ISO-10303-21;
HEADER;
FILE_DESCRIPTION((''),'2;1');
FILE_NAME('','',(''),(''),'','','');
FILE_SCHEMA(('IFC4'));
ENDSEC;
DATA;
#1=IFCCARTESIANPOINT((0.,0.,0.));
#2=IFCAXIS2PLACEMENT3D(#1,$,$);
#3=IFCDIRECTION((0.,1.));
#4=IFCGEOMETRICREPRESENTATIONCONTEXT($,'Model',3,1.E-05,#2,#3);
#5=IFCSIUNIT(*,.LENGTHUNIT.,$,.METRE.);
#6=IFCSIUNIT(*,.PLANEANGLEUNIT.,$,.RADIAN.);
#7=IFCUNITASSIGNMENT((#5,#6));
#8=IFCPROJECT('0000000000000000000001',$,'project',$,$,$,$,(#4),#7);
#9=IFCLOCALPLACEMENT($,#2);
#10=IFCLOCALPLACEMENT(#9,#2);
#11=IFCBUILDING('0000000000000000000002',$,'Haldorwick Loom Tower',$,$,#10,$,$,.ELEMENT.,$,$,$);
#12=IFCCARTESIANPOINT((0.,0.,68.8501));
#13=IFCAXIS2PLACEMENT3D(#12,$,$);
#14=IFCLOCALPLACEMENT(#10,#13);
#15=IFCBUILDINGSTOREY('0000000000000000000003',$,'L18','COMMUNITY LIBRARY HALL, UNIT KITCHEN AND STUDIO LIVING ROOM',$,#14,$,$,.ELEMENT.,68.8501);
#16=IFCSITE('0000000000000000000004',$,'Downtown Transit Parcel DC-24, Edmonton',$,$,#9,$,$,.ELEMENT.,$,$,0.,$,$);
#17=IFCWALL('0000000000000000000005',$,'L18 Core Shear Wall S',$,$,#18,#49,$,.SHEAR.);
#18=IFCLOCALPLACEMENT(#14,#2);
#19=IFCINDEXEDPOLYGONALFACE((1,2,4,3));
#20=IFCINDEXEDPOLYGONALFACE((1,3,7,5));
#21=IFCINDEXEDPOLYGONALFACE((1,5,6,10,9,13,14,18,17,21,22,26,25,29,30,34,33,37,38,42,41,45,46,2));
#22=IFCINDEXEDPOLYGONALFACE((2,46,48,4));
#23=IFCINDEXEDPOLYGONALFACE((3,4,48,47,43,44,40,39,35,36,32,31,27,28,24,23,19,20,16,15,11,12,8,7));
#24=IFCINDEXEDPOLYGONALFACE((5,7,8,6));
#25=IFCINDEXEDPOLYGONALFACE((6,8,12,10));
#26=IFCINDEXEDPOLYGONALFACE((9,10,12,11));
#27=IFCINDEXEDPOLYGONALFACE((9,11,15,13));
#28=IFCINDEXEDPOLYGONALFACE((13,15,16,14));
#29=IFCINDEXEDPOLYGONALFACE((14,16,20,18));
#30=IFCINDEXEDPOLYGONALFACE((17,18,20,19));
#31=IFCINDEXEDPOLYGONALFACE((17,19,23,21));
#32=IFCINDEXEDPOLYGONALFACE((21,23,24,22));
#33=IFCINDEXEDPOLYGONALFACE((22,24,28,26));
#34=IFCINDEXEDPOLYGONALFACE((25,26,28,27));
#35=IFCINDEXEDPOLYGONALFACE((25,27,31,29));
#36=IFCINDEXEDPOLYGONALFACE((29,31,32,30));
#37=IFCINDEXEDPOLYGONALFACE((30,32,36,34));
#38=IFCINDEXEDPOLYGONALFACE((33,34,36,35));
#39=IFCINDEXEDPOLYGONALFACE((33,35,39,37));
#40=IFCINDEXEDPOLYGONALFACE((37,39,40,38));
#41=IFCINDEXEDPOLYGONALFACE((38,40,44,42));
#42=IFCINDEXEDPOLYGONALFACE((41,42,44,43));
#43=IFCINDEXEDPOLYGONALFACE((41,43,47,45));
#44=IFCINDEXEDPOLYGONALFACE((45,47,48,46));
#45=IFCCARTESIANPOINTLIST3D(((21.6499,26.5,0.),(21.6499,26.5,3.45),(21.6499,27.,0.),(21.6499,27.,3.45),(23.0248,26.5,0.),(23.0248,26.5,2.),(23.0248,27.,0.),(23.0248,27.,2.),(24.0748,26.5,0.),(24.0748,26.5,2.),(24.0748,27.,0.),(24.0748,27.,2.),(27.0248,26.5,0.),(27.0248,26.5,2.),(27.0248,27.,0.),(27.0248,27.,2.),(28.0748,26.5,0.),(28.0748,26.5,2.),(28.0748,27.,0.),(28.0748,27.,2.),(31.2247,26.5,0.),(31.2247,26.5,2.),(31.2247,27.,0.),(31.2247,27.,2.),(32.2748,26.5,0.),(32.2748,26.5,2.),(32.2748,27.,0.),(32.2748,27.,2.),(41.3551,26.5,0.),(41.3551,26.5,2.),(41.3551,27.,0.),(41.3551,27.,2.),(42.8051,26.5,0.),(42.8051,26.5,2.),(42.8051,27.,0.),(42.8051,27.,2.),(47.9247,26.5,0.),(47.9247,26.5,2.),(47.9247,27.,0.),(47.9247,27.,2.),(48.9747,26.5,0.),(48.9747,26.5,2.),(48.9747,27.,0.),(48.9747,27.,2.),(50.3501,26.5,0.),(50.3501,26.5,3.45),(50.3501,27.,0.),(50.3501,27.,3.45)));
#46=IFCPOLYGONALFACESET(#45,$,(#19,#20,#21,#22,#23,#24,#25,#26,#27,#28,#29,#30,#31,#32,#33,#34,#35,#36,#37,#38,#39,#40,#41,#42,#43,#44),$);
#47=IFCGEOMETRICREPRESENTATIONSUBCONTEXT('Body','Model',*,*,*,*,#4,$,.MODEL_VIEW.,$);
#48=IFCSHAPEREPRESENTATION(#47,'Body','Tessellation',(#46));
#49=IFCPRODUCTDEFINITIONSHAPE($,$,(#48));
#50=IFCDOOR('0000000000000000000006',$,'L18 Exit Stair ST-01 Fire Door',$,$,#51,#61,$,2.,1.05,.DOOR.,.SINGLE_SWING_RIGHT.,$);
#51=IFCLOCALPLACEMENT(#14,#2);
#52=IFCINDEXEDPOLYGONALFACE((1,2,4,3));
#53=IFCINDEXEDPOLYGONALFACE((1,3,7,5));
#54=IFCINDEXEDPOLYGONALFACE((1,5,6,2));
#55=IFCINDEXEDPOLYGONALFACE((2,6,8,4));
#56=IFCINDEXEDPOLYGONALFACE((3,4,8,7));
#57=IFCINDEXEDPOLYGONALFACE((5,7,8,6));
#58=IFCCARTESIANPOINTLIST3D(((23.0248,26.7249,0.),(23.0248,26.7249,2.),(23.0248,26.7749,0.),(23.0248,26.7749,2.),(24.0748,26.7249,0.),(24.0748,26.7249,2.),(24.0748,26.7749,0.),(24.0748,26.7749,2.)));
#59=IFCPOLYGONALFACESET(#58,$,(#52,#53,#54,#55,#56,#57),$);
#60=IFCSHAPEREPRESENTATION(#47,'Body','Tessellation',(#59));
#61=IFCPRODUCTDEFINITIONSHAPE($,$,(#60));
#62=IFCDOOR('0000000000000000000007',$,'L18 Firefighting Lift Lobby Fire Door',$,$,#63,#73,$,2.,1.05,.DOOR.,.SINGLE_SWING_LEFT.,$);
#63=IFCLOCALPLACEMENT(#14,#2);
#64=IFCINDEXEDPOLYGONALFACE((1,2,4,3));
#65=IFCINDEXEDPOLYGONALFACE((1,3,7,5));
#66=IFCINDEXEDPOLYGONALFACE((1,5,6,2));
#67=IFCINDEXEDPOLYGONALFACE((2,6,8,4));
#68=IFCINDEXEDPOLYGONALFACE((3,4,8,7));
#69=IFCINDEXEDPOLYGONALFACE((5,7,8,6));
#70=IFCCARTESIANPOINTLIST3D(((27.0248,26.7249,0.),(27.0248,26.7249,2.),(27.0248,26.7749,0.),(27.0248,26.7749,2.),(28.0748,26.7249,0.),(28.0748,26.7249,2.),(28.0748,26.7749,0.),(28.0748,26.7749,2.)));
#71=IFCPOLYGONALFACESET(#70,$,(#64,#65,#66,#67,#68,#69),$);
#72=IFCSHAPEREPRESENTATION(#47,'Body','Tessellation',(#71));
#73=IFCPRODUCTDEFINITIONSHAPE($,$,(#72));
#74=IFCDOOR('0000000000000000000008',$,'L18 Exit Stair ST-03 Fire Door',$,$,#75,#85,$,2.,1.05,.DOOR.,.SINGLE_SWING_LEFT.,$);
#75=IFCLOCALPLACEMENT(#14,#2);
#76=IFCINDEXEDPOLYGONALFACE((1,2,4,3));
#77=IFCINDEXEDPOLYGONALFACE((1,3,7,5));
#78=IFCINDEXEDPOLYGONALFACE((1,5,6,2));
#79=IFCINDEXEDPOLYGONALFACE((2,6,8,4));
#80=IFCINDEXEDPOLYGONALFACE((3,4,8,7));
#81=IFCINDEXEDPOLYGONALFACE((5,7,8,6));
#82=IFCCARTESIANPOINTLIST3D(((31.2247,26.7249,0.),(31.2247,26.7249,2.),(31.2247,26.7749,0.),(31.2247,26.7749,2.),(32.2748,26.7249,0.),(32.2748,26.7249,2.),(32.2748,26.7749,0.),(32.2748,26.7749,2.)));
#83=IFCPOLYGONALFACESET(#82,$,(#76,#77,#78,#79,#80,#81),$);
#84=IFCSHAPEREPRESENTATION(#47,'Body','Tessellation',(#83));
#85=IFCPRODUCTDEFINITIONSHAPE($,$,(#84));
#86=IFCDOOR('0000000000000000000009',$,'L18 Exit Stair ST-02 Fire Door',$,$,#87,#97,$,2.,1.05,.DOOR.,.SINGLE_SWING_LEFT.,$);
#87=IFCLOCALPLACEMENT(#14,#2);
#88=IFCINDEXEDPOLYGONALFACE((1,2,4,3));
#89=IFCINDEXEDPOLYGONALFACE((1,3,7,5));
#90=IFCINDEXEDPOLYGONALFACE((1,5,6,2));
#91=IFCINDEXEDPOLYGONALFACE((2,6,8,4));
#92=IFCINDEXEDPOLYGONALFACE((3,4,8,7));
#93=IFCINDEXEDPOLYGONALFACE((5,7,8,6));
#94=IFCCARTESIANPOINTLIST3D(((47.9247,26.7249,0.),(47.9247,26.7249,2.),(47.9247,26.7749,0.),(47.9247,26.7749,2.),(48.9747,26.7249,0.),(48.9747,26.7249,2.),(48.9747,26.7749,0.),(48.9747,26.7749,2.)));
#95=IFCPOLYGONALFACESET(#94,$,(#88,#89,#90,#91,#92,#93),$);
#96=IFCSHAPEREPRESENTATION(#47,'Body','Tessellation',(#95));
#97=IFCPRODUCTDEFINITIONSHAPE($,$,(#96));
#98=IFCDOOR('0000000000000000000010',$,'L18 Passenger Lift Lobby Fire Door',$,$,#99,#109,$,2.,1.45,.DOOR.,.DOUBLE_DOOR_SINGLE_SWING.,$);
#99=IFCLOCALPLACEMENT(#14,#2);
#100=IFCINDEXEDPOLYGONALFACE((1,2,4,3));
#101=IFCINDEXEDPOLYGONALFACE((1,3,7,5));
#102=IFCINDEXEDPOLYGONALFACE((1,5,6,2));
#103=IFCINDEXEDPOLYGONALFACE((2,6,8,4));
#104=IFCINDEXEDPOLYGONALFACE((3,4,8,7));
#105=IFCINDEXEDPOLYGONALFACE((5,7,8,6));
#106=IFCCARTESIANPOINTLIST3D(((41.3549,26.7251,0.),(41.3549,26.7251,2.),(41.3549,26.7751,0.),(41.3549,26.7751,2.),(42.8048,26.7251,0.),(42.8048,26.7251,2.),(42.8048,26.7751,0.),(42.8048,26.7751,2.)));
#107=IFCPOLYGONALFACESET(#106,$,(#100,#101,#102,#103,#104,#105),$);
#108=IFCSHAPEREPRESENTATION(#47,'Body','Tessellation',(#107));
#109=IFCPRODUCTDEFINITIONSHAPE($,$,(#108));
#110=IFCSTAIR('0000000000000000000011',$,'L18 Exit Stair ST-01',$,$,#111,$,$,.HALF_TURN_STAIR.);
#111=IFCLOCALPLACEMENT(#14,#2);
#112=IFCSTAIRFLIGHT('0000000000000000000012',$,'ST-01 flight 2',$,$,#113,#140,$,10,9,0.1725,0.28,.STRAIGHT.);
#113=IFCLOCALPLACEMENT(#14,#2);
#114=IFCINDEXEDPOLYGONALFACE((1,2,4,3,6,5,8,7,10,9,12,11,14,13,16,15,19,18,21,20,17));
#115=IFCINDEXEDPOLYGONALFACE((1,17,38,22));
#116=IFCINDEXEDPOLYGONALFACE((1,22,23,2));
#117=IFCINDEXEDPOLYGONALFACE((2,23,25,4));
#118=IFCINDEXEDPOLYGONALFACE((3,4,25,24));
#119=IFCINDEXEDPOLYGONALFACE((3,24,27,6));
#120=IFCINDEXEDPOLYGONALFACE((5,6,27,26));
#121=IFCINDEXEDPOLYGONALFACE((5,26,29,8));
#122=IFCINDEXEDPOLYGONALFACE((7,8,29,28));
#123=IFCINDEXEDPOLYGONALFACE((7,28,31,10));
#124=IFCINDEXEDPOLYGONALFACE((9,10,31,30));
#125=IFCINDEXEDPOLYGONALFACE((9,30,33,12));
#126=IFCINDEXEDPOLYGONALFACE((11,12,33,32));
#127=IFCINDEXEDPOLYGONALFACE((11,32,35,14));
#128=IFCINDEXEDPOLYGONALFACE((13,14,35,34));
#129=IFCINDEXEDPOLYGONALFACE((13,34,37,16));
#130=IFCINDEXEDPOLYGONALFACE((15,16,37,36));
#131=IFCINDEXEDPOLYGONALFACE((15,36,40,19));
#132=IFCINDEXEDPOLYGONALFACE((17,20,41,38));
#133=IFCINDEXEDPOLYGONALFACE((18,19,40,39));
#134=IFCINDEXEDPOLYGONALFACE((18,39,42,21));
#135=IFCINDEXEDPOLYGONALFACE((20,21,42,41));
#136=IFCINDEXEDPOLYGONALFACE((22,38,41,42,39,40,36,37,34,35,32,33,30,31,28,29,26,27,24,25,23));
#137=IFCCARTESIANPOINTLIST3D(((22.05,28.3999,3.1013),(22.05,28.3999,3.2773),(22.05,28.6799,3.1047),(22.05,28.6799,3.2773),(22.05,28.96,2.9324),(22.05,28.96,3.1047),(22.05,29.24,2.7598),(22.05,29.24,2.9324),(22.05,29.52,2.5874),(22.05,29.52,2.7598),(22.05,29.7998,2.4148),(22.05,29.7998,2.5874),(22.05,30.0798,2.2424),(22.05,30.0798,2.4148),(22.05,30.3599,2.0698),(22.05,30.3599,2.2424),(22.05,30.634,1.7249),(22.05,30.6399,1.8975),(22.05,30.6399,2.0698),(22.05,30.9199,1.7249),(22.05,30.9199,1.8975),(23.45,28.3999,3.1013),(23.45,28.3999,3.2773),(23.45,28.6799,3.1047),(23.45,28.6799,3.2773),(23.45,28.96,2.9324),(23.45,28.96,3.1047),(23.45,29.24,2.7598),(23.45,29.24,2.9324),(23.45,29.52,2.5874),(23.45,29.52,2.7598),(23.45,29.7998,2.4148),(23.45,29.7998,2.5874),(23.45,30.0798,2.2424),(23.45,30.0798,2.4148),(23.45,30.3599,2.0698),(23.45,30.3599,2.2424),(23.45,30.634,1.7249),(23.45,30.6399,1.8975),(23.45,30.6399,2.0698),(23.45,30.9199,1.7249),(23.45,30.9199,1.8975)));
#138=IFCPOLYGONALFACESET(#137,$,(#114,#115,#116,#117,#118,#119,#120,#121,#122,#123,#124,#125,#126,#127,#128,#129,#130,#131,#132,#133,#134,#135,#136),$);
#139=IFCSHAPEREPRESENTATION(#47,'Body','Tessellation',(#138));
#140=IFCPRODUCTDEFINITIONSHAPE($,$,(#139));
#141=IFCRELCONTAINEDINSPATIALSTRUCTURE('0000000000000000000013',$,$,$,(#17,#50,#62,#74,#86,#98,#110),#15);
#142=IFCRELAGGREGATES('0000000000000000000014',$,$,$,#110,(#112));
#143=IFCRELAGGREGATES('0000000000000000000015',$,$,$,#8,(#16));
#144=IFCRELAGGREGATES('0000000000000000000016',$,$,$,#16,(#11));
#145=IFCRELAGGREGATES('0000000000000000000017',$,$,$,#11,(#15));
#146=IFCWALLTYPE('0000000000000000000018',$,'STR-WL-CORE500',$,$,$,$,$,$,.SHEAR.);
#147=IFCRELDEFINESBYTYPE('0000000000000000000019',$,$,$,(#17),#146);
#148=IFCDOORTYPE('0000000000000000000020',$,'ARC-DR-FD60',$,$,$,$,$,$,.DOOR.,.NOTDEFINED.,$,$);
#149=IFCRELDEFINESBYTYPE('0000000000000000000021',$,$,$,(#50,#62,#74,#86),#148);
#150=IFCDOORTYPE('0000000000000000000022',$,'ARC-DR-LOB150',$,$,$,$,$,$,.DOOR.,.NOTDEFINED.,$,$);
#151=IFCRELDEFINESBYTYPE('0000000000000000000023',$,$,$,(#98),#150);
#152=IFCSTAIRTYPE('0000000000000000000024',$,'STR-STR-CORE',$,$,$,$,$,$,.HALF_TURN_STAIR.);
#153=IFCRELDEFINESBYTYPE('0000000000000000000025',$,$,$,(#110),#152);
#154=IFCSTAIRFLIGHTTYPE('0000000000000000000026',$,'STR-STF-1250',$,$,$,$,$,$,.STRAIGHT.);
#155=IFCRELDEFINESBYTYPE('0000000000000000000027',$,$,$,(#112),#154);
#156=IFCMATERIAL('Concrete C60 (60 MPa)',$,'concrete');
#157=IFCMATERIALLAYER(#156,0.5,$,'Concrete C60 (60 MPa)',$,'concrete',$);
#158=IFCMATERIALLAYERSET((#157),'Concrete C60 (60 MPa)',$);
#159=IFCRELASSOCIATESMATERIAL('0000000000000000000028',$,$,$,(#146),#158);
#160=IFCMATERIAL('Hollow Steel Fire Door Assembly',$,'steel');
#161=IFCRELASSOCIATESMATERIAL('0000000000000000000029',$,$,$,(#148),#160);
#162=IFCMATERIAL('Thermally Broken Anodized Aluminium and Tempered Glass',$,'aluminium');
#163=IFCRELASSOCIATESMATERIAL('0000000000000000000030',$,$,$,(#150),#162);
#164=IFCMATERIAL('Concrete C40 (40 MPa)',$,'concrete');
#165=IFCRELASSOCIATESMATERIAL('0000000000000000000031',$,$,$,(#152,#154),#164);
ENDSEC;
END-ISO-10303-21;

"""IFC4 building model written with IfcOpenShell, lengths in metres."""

from ifc_helpers import new_model, si_unit, direction, frame, frame_2d, origin, place, context, subcontext, project, spatial, polyline, rectangle, outline, extrude, material, layer, layer_set, type_object, element, fill, aggregate, save


model = new_model("IFC4")

# Units and contexts
model_context = context("Model", 3, precision=1e-05, world=origin(), true_north=direction((0.0, 1.0)))
body_context = subcontext(model_context, "Body", "Model", "MODEL_VIEW")
ifc_project = project(units=[si_unit("LENGTHUNIT", "METRE"), si_unit("PLANEANGLEUNIT", "RADIAN")], contexts=[model_context])

# Site, building, storey
site_placement = place(None, origin())
site = spatial("IfcSite", under=ifc_project, at=site_placement, Name="Downtown Transit Parcel DC-24, Edmonton", CompositionType="ELEMENT", RefElevation=0.0)
building_placement = place(site_placement, origin())
building = spatial("IfcBuilding", under=site, at=building_placement, Name="Haldorwick Loom Tower", CompositionType="ELEMENT")
storey_placement = place(building_placement, frame((0.0, 0.0, 68.8501)))
storey = spatial("IfcBuildingStorey", under=building, at=storey_placement, Name="L18", Description="COMMUNITY LIBRARY HALL, UNIT KITCHEN AND STUDIO LIVING ROOM", CompositionType="ELEMENT", Elevation=68.8501)

# Shared definitions
ifc_material_1 = material(Name="Concrete C60 (60 MPa)", Category="concrete")

# Wall, openings, doors
ifc_layer_1 = layer(ifc_material_1, 0.5, Name="Concrete C60 (60 MPa)", Category="concrete")
ifc_layer_set_1 = layer_set([ifc_layer_1], Name="Concrete C60 (60 MPa)")
wall_type_1 = type_object("IfcWallType", Name="STR-WL-CORE500", PredefinedType="SHEAR", material=ifc_layer_set_1)
wall_1_placement = place(storey_placement, frame((21.6499, 26.75, 0.0), z_axis=(0.0, 0.0, 1.0), x_axis=(1.0, 0.0, 0.0)))
wall_1 = element("IfcWall", 1, at=wall_1_placement, inside=storey, type_object=wall_type_1, Name="L18 Core Shear Wall S", PredefinedType="SHEAR", context=body_context, shape_type="SweptSolid", body=[
    extrude(rectangle(XDim=28.7002, YDim=0.5, at=frame_2d((14.3501, 0.0))), origin(), (0.0, 0.0, 1.0), 3.45),
])
opening_1_placement = place(wall_1_placement, frame((1.375, 0.0, 0.0)))
opening_1 = element("IfcOpeningElement", 2, at=opening_1_placement, cuts=wall_1, PredefinedType="OPENING", context=body_context, shape_type="SweptSolid", body=[
    extrude(rectangle(XDim=1.05, YDim=2.0, at=frame_2d((0.5249, 1.0))), frame((0.0, 0.26, 0.0), z_axis=(0.0, -1.0, 0.0), x_axis=(1.0, 0.0, 0.0)), (0.0, 0.0, 1.0), 0.52),
])
opening_2_placement = place(wall_1_placement, frame((5.375, 0.0, 0.0)))
opening_2 = element("IfcOpeningElement", 3, at=opening_2_placement, cuts=wall_1, PredefinedType="OPENING", context=body_context, shape_type="SweptSolid", body=[
    extrude(rectangle(XDim=1.05, YDim=2.0, at=frame_2d((0.5249, 1.0))), frame((0.0, 0.26, 0.0), z_axis=(0.0, -1.0, 0.0), x_axis=(1.0, 0.0, 0.0)), (0.0, 0.0, 1.0), 0.52),
])
opening_3_placement = place(wall_1_placement, frame((9.575, 0.0, 0.0)))
opening_3 = element("IfcOpeningElement", 4, at=opening_3_placement, cuts=wall_1, PredefinedType="OPENING", context=body_context, shape_type="SweptSolid", body=[
    extrude(rectangle(XDim=1.05, YDim=2.0, at=frame_2d((0.5249, 1.0))), frame((0.0, 0.26, 0.0), z_axis=(0.0, -1.0, 0.0), x_axis=(1.0, 0.0, 0.0)), (0.0, 0.0, 1.0), 0.52),
])
opening_4_placement = place(wall_1_placement, frame((19.7051, 0.0, 0.0)))
opening_4 = element("IfcOpeningElement", 5, at=opening_4_placement, cuts=wall_1, PredefinedType="OPENING", context=body_context, shape_type="SweptSolid", body=[
    extrude(rectangle(XDim=1.45, YDim=2.0, at=frame_2d((0.7251, 1.0))), frame((0.0, 0.26, 0.0), z_axis=(0.0, -1.0, 0.0), x_axis=(1.0, 0.0, 0.0)), (0.0, 0.0, 1.0), 0.52),
])
opening_5_placement = place(wall_1_placement, frame((26.2749, 0.0, 0.0)))
opening_5 = element("IfcOpeningElement", 6, at=opening_5_placement, cuts=wall_1, PredefinedType="OPENING", context=body_context, shape_type="SweptSolid", body=[
    extrude(rectangle(XDim=1.05, YDim=2.0, at=frame_2d((0.5249, 1.0))), frame((0.0, 0.26, 0.0), z_axis=(0.0, -1.0, 0.0), x_axis=(1.0, 0.0, 0.0)), (0.0, 0.0, 1.0), 0.52),
])
ifc_material_2 = material(Name="Hollow Steel Fire Door Assembly", Category="steel")
door_type_1 = type_object("IfcDoorType", Name="ARC-DR-FD60", OperationType="NOTDEFINED", PredefinedType="DOOR", material=ifc_material_2)
door_1_placement = place(opening_1_placement, origin())
door_1 = element("IfcDoor", 7, at=door_1_placement, inside=storey, type_object=door_type_1, Name="L18 Exit Stair ST-01 Fire Door", OperationType="SINGLE_SWING_RIGHT", OverallHeight=2.0, OverallWidth=1.05, PredefinedType="DOOR", context=body_context, shape_type="SweptSolid", body=[
    extrude(rectangle(XDim=1.05, YDim=2.0, at=frame_2d((0.5249, 1.0))), frame((0.0, 0.0249, 0.0), z_axis=(0.0, -1.0, 0.0), x_axis=(1.0, 0.0, 0.0)), (0.0, 0.0, 1.0), 0.05),
])
fill(opening_1, door_1)
door_2_placement = place(opening_2_placement, origin())
door_2 = element("IfcDoor", 8, at=door_2_placement, inside=storey, type_object=door_type_1, Name="L18 Firefighting Lift Lobby Fire Door", OperationType="SINGLE_SWING_LEFT", OverallHeight=2.0, OverallWidth=1.05, PredefinedType="DOOR", context=body_context, shape_type="SweptSolid", body=[
    extrude(rectangle(XDim=1.05, YDim=2.0, at=frame_2d((0.5249, 1.0))), frame((0.0, 0.0249, 0.0), z_axis=(0.0, -1.0, 0.0), x_axis=(1.0, 0.0, 0.0)), (0.0, 0.0, 1.0), 0.05),
])
fill(opening_2, door_2)
door_3_placement = place(opening_3_placement, origin())
door_3 = element("IfcDoor", 9, at=door_3_placement, inside=storey, type_object=door_type_1, Name="L18 Exit Stair ST-03 Fire Door", OperationType="SINGLE_SWING_LEFT", OverallHeight=2.0, OverallWidth=1.05, PredefinedType="DOOR", context=body_context, shape_type="SweptSolid", body=[
    extrude(rectangle(XDim=1.05, YDim=2.0, at=frame_2d((0.5249, 1.0))), frame((0.0, 0.0249, 0.0), z_axis=(0.0, -1.0, 0.0), x_axis=(1.0, 0.0, 0.0)), (0.0, 0.0, 1.0), 0.05),
])
fill(opening_3, door_3)
door_4_placement = place(opening_5_placement, origin())
door_4 = element("IfcDoor", 10, at=door_4_placement, inside=storey, type_object=door_type_1, Name="L18 Exit Stair ST-02 Fire Door", OperationType="SINGLE_SWING_LEFT", OverallHeight=2.0, OverallWidth=1.05, PredefinedType="DOOR", context=body_context, shape_type="SweptSolid", body=[
    extrude(rectangle(XDim=1.05, YDim=2.0, at=frame_2d((0.5249, 1.0))), frame((0.0, 0.0249, 0.0), z_axis=(0.0, -1.0, 0.0), x_axis=(1.0, 0.0, 0.0)), (0.0, 0.0, 1.0), 0.05),
])
fill(opening_5, door_4)
ifc_material_3 = material(Name="Thermally Broken Anodized Aluminium and Tempered Glass", Category="aluminium")
door_type_2 = type_object("IfcDoorType", Name="ARC-DR-LOB150", OperationType="NOTDEFINED", PredefinedType="DOOR", material=ifc_material_3)
door_5_placement = place(opening_4_placement, frame((1.45, 0.0, 0.0), z_axis=(0.0, 0.0, 1.0), x_axis=(-1.0, 0.0, 0.0)))
door_5 = element("IfcDoor", 11, at=door_5_placement, inside=storey, type_object=door_type_2, Name="L18 Passenger Lift Lobby Fire Door", OperationType="DOUBLE_DOOR_SINGLE_SWING", OverallHeight=2.0, OverallWidth=1.45, PredefinedType="DOOR", context=body_context, shape_type="SweptSolid", body=[
    extrude(rectangle(XDim=1.45, YDim=2.0, at=frame_2d((0.7251, 1.0))), frame((0.0, 0.0249, 0.0), z_axis=(0.0, -1.0, 0.0), x_axis=(1.0, 0.0, 0.0)), (0.0, 0.0, 1.0), 0.05),
])
fill(opening_4, door_5)

# Stair, stair flight
ifc_material_4 = material(Name="Concrete C40 (40 MPa)", Category="concrete")
stair_type = type_object("IfcStairType", Name="STR-STR-CORE", PredefinedType="HALF_TURN_STAIR", material=ifc_material_4)
stair_placement = place(storey_placement, origin())
stair = element("IfcStair", 12, at=stair_placement, inside=storey, type_object=stair_type, Name="L18 Exit Stair ST-01", PredefinedType="HALF_TURN_STAIR")
stair_flight_type = type_object("IfcStairFlightType", Name="STR-STF-1250", PredefinedType="STRAIGHT", material=ifc_material_4)
stair_flight_placement = place(storey_placement, frame((22.75, 30.9199, 1.7249), z_axis=(0.0, 0.0, 1.0), x_axis=(0.0, -1.0, 0.0)))
stair_flight = element("IfcStairFlight", 13, at=stair_flight_placement, type_object=stair_flight_type, Name="ST-01 flight 2", NumberOfRisers=10, NumberOfTreads=9, PredefinedType="STRAIGHT", RiserHeight=0.1725, TreadLength=0.28, context=body_context, shape_type="SweptSolid", body=[
    extrude(outline(polyline([(0.0, 0.0), (0.0, 0.1726), (0.28, 0.1726), (0.28, 0.345), (0.5601, 0.345), (0.5601, 0.5176), (0.8401, 0.5176), (0.8401, 0.6899), (1.1201, 0.6899), (1.1201, 0.8625), (1.3999, 0.8625), (1.3999, 1.0349), (1.6799, 1.0349), (1.6799, 1.2075), (1.96, 1.2075), (1.96, 1.3799), (2.24, 1.3799), (2.24, 1.5525), (2.52, 1.5525), (2.52, 1.7251), (2.52, 1.3765), (0.2859, 0.0), (0.0, 0.0)])), frame((0.0, 0.7, 0.0), z_axis=(0.0, -1.0, 0.0), x_axis=(1.0, 0.0, 0.0)), (0.0, 0.0, 1.0), 1.3999),
])
aggregate(stair, [stair_flight])

save(model, "model.ifc")
